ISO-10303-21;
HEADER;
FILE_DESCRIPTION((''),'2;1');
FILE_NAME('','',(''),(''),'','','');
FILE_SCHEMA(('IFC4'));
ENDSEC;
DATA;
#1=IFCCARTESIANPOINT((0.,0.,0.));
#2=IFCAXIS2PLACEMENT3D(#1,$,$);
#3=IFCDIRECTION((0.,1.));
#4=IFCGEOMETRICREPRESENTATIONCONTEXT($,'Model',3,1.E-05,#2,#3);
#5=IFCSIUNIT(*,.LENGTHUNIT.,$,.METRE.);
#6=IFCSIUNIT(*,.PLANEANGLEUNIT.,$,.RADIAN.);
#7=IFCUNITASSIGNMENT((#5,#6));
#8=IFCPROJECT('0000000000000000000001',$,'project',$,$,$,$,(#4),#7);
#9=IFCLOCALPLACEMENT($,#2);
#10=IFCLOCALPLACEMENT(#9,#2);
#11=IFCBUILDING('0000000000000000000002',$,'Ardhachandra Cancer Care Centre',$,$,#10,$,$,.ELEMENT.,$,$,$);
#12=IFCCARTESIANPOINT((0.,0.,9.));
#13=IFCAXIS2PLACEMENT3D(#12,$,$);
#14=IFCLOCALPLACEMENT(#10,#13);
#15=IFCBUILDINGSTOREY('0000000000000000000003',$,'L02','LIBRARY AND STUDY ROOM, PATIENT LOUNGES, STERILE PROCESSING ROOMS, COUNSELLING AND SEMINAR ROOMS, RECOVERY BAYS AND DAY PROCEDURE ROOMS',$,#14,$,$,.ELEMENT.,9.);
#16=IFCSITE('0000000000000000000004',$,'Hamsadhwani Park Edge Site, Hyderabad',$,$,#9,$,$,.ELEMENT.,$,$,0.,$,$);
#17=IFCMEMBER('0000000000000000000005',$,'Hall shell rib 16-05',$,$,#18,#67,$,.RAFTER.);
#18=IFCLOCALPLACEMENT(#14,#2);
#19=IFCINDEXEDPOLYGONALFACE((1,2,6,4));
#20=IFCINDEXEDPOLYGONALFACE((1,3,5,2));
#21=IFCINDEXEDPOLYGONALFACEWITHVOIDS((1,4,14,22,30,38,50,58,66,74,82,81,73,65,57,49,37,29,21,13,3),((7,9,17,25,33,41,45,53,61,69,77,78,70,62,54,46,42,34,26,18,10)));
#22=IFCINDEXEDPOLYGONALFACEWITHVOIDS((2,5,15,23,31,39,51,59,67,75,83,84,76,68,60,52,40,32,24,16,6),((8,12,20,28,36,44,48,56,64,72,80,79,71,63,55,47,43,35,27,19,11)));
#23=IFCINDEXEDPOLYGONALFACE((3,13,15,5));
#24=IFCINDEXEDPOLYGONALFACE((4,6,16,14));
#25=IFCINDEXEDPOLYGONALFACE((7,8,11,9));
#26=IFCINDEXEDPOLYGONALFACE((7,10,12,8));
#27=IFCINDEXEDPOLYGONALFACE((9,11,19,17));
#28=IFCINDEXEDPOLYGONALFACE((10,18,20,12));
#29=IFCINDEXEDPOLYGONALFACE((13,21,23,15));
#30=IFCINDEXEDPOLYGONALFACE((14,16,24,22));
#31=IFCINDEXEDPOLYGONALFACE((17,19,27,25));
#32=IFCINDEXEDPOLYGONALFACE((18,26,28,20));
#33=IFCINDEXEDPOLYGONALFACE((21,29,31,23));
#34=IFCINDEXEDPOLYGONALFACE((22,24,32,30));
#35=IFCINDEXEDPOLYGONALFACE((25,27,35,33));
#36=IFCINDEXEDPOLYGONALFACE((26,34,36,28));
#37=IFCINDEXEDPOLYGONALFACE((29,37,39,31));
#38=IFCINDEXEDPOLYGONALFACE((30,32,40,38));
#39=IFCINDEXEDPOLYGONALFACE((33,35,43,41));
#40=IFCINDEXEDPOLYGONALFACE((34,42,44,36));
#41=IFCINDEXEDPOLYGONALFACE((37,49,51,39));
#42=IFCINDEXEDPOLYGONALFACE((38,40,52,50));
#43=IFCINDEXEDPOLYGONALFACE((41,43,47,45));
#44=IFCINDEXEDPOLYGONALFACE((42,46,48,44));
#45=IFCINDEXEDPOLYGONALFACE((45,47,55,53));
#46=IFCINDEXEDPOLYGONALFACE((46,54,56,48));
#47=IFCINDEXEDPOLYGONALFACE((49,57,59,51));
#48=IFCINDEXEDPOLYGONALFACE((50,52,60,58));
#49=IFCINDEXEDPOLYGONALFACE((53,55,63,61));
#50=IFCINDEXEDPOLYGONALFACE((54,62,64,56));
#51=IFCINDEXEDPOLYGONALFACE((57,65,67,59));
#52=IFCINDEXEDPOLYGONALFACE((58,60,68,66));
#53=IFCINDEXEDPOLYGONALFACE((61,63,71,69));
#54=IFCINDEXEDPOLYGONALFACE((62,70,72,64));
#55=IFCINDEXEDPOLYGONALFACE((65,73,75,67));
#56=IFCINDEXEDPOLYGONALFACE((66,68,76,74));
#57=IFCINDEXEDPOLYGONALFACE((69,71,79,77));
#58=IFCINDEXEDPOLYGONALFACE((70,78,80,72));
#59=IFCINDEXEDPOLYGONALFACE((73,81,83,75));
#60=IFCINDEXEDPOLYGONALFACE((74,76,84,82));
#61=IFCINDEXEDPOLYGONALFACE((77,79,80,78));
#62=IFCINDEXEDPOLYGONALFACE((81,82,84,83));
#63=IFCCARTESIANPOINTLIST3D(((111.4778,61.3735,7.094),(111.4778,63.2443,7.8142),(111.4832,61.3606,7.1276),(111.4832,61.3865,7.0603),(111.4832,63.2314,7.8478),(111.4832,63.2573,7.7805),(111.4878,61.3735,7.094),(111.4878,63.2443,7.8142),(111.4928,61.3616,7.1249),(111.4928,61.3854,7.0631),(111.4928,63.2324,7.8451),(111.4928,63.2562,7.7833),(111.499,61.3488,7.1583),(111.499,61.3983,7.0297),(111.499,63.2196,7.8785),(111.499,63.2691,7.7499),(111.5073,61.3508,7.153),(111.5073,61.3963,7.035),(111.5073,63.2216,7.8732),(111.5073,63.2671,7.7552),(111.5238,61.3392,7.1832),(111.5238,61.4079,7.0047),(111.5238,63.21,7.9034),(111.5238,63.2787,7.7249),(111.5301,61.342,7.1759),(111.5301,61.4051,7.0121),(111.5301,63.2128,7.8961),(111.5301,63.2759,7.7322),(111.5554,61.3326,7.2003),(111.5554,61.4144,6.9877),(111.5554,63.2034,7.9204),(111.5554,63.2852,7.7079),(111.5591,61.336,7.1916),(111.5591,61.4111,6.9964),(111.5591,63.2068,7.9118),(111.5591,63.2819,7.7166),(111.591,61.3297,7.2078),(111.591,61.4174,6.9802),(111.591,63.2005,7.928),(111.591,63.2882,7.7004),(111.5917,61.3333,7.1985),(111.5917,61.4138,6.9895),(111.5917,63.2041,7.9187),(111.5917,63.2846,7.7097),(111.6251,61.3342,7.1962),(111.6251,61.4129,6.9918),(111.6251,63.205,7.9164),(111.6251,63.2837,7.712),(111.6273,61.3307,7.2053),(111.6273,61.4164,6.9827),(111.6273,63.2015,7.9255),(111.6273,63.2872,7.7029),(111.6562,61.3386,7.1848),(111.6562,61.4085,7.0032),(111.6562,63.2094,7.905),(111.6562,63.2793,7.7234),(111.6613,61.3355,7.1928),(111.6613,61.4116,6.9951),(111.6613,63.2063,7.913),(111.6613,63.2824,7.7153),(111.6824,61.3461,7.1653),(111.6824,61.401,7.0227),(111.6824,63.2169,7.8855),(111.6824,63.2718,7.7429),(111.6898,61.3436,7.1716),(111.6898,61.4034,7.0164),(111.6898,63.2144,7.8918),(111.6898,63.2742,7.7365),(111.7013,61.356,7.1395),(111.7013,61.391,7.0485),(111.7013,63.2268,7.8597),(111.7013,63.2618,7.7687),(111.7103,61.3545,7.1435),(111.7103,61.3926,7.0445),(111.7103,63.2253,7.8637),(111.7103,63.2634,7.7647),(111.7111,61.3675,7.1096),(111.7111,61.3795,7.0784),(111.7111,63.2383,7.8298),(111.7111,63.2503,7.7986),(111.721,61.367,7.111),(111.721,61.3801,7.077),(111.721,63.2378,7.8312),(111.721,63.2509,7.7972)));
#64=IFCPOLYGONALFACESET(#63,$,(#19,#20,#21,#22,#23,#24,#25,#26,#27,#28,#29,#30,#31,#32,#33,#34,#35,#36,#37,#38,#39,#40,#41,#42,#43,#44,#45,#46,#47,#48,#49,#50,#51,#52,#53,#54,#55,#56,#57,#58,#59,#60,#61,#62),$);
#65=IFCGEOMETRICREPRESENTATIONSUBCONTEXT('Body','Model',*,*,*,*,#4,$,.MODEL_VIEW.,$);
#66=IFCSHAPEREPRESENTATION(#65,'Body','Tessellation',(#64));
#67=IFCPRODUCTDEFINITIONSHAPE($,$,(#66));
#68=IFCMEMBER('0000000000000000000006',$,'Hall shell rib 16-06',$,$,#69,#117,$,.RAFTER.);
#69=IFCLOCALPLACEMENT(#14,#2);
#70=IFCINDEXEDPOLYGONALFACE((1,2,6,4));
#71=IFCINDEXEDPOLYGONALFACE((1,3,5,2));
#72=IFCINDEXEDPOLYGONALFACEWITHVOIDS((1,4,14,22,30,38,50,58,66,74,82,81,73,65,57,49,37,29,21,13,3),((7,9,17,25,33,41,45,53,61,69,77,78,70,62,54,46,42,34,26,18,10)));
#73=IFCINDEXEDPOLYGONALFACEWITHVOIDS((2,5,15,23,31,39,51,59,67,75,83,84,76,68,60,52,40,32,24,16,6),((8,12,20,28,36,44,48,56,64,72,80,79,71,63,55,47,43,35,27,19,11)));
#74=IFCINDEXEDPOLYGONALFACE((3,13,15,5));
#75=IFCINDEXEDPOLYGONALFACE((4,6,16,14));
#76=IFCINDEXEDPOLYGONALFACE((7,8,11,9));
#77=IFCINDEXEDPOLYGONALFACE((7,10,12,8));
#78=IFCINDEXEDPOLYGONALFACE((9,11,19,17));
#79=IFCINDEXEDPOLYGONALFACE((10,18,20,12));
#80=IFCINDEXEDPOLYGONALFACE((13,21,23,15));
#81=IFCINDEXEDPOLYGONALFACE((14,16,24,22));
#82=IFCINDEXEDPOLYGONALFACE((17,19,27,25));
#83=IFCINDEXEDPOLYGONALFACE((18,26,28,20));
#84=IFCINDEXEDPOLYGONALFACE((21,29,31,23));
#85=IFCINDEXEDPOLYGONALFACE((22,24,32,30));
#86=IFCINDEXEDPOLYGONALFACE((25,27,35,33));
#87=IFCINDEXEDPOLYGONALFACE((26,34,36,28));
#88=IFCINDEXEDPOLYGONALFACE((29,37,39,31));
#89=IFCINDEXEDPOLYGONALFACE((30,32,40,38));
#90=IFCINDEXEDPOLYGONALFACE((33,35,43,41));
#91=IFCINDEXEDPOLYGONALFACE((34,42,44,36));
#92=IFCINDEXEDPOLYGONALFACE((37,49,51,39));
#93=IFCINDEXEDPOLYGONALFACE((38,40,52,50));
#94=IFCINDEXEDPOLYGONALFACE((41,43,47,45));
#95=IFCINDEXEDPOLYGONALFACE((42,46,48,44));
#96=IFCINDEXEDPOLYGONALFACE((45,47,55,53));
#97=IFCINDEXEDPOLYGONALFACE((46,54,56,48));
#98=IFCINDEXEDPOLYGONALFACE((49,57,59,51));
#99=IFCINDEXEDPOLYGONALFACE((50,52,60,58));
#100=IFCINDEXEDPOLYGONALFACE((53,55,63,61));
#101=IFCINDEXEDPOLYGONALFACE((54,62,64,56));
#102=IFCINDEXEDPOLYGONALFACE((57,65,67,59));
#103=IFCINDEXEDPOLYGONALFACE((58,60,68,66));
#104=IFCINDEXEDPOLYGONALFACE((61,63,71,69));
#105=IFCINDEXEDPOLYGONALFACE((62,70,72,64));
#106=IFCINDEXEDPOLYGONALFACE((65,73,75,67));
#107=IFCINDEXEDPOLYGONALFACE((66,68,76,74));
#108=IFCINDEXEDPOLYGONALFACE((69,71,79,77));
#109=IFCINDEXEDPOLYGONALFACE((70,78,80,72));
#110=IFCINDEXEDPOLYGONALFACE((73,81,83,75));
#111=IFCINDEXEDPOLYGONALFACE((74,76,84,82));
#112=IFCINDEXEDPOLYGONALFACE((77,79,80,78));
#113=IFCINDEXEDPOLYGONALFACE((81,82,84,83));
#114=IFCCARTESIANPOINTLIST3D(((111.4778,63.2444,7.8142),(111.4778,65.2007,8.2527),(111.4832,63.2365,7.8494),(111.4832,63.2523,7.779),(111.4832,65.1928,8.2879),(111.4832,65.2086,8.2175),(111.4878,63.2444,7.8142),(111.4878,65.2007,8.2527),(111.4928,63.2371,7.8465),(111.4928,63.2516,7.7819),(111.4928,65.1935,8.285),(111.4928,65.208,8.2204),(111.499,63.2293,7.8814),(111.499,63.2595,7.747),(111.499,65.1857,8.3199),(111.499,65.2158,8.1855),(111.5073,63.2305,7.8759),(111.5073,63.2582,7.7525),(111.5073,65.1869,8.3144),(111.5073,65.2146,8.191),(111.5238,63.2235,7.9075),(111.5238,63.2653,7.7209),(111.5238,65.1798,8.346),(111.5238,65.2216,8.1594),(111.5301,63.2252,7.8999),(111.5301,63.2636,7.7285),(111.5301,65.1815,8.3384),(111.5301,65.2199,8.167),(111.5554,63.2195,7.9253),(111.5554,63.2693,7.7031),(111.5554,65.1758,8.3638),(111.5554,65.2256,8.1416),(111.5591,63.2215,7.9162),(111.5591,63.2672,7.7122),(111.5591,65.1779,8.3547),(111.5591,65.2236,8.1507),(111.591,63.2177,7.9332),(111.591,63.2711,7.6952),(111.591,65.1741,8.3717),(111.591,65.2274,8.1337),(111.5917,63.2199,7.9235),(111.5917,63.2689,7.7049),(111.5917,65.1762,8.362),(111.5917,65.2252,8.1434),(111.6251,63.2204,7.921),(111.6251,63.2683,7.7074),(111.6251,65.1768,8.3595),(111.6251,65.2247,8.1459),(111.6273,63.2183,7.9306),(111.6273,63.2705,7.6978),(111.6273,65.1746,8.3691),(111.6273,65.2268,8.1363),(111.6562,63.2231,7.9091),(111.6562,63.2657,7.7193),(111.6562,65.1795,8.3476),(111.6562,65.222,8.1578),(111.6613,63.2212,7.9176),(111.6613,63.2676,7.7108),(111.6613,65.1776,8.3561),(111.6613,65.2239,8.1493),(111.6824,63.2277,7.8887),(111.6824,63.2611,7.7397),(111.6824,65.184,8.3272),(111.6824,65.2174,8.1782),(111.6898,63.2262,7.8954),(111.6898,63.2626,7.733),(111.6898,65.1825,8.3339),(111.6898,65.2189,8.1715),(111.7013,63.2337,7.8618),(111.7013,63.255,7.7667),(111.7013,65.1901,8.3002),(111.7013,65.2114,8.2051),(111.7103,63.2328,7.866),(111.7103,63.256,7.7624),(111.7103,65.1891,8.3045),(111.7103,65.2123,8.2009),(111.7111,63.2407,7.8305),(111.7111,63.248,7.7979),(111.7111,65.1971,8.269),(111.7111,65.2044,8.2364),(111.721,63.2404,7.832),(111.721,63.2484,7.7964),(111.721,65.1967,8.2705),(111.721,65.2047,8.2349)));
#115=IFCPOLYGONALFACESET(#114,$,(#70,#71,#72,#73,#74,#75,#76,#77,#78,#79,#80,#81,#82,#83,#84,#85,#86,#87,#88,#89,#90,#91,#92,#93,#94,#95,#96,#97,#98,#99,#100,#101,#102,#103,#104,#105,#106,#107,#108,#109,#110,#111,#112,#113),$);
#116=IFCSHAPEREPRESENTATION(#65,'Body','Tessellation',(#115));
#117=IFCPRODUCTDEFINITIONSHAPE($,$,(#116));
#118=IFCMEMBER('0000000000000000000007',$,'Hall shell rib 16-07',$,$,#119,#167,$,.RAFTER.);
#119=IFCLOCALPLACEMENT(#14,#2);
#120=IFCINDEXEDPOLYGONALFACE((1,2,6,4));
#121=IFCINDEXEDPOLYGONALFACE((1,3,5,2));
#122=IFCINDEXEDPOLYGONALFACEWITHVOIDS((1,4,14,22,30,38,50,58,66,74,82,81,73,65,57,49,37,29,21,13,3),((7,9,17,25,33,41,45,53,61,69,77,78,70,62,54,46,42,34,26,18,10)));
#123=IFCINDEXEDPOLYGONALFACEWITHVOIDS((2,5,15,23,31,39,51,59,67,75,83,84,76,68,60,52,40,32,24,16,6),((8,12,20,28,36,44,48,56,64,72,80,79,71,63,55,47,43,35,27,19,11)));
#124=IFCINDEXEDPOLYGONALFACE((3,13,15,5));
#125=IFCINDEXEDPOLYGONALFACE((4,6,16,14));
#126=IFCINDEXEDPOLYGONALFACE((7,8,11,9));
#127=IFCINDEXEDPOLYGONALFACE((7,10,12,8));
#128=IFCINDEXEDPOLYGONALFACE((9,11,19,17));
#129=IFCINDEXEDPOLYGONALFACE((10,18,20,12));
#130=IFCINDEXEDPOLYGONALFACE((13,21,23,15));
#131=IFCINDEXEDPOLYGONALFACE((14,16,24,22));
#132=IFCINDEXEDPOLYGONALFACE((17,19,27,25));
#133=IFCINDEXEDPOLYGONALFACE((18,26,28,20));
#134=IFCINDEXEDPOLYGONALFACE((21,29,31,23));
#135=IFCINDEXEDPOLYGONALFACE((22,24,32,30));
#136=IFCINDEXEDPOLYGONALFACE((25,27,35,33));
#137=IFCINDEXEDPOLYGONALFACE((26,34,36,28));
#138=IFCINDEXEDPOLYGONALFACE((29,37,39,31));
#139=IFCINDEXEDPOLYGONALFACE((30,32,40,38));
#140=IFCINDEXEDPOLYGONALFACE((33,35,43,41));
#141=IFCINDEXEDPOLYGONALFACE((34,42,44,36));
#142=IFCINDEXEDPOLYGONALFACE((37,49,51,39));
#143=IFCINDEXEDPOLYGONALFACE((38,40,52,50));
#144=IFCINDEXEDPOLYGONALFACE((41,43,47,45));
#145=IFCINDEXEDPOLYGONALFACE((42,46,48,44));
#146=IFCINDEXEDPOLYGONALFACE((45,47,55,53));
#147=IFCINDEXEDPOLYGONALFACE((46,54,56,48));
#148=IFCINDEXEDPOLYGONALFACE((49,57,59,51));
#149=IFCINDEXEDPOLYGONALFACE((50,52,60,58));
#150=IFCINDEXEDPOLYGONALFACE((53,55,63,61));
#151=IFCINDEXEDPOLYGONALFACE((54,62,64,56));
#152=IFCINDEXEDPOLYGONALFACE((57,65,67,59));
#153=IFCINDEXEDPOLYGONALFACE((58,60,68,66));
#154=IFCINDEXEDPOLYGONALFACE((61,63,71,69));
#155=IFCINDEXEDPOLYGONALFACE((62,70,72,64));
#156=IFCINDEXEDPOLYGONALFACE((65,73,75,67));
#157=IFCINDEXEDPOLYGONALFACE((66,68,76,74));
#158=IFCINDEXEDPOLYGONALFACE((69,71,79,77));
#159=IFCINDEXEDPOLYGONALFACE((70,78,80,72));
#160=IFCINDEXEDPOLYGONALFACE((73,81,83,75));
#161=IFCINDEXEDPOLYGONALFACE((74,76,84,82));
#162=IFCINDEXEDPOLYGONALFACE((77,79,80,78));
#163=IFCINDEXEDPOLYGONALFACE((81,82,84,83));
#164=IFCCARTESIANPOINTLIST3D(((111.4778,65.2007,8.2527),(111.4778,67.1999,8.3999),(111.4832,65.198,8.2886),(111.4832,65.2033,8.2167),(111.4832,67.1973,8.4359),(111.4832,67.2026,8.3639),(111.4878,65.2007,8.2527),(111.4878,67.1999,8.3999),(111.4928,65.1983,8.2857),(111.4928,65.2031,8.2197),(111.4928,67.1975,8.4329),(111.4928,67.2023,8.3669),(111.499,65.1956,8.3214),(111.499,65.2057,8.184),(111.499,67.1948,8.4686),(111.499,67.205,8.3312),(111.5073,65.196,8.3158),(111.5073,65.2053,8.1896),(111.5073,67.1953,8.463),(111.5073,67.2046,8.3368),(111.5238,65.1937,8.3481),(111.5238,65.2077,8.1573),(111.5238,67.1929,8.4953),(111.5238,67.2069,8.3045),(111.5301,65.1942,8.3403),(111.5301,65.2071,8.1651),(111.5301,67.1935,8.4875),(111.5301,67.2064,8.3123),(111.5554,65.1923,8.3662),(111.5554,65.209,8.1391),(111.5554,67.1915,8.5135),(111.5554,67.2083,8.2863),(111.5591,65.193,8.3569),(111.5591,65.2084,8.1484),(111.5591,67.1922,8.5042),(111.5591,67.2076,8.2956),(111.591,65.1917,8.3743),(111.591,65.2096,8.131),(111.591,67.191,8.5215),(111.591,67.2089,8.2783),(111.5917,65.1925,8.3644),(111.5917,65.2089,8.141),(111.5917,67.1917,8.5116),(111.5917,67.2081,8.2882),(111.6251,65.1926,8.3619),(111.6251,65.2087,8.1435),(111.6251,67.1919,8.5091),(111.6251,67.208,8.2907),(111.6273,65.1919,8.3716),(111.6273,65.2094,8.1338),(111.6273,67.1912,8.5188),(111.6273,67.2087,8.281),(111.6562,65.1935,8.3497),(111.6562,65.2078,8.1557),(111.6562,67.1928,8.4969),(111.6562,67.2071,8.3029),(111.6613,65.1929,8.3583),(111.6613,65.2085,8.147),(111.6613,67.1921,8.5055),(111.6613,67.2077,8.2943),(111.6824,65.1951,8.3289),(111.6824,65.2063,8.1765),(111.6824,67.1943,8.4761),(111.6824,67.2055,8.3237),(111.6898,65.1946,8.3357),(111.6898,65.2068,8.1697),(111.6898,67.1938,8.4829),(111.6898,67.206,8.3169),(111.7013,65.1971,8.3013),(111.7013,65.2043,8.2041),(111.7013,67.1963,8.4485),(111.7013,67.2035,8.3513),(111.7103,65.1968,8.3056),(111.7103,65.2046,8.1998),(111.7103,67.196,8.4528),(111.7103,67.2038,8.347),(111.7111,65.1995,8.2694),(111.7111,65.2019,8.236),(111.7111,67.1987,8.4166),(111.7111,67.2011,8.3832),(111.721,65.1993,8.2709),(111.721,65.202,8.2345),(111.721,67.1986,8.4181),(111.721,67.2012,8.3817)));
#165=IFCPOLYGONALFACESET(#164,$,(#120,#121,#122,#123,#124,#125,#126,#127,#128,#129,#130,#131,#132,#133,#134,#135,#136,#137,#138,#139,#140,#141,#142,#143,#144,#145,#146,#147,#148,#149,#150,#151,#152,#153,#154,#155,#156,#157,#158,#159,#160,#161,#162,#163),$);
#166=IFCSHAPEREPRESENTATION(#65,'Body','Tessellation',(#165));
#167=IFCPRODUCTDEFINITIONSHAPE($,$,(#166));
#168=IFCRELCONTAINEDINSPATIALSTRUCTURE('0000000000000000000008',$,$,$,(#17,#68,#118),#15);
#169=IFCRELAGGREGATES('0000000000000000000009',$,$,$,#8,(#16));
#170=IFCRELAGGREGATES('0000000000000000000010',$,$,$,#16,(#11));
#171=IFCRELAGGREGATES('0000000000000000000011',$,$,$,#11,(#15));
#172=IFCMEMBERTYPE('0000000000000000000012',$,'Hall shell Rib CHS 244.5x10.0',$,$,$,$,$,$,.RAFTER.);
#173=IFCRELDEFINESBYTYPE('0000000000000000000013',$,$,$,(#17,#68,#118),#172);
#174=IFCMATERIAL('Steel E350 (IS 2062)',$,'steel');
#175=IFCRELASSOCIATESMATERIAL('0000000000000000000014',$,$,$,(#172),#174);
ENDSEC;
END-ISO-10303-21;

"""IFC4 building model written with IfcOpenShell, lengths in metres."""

from ifc_helpers import new_model, si_unit, direction, frame, origin, origin_2d, place, context, subcontext, project, spatial, hollow_circle, extrude, material, material_profile, profile_set, type_object, element, save


model = new_model("IFC4")

# Units and contexts
model_context = context("Model", 3, precision=1e-05, world=origin(), true_north=direction((0.0, 1.0)))
body_context = subcontext(model_context, "Body", "Model", "MODEL_VIEW")
ifc_project = project(units=[si_unit("LENGTHUNIT", "METRE"), si_unit("PLANEANGLEUNIT", "RADIAN")], contexts=[model_context])

# Site, building, storey
site_placement = place(None, origin())
site = spatial("IfcSite", under=ifc_project, at=site_placement, Name="Hamsadhwani Park Edge Site, Hyderabad", CompositionType="ELEMENT", RefElevation=0.0)
building_placement = place(site_placement, origin())
building = spatial("IfcBuilding", under=site, at=building_placement, Name="Ardhachandra Cancer Care Centre", CompositionType="ELEMENT")
storey_placement = place(building_placement, frame((0.0, 0.0, 9.0)))
storey = spatial("IfcBuildingStorey", under=building, at=storey_placement, Name="L02", Description="LIBRARY AND STUDY ROOM, PATIENT LOUNGES, STERILE PROCESSING ROOMS, COUNSELLING AND SEMINAR ROOMS, RECOVERY BAYS AND DAY PROCEDURE ROOMS", CompositionType="ELEMENT", Elevation=9.0)

# Members
ifc_material_1 = material(Name="Steel E350 (IS 2062)", Category="steel")
ifc_material_profile_1 = material_profile(ifc_material_1, hollow_circle(Radius=0.1223, WallThickness=0.01, at=origin_2d()), Name="CHS 244.5x10.0")
ifc_profile_set_1 = profile_set([ifc_material_profile_1], Name="Steel E350 (IS 2062)")
member_type_1 = type_object("IfcMemberType", Name="Hall shell Rib CHS 244.5x10.0", PredefinedType="RAFTER", material=ifc_profile_set_1)
member_1_placement = place(storey_placement, frame((111.6001, 61.3735, 7.094), z_axis=(0.0, 0.933236, 0.359265), x_axis=(-1.0, 0.0, 0.0)))
element("IfcMember", 1, at=member_1_placement, inside=storey, type_object=member_type_1, Name="Hall shell rib 16-05", PredefinedType="RAFTER", context=body_context, shape_type="SweptSolid", body=[
    extrude(hollow_circle(Radius=0.1223, WallThickness=0.01, at=origin_2d()), origin(), (0.0, 0.0, 1.0), 2.0046),
])
member_2_placement = place(storey_placement, frame((111.6001, 63.2444, 7.8142), z_axis=(0.0, 0.97579, 0.218709), x_axis=(-1.0, 0.0, 0.0)))
element("IfcMember", 2, at=member_2_placement, inside=storey, type_object=member_type_1, Name="Hall shell rib 16-06", PredefinedType="RAFTER", context=body_context, shape_type="SweptSolid", body=[
    extrude(hollow_circle(Radius=0.1223, WallThickness=0.01, at=origin_2d()), origin(), (0.0, 0.0, 1.0), 2.0049),
])
for number, where, z_axis, x_axis, name in (
    (3, (111.6001, 65.2007, 8.2527), (0.0, 0.9973, 0.073437), (-1.0, 0.0, 0.0), "Hall shell rib 16-07"),
):
    element("IfcMember", number, at=place(storey_placement, frame(where, z_axis=z_axis, x_axis=x_axis)), inside=storey, type_object=member_type_1, Name=name, PredefinedType="RAFTER", context=body_context, shape_type="SweptSolid", body=[
        extrude(hollow_circle(Radius=0.1223, WallThickness=0.01, at=origin_2d()), origin(), (0.0, 0.0, 1.0), 2.0046),
    ])

save(model, "model.ifc")
